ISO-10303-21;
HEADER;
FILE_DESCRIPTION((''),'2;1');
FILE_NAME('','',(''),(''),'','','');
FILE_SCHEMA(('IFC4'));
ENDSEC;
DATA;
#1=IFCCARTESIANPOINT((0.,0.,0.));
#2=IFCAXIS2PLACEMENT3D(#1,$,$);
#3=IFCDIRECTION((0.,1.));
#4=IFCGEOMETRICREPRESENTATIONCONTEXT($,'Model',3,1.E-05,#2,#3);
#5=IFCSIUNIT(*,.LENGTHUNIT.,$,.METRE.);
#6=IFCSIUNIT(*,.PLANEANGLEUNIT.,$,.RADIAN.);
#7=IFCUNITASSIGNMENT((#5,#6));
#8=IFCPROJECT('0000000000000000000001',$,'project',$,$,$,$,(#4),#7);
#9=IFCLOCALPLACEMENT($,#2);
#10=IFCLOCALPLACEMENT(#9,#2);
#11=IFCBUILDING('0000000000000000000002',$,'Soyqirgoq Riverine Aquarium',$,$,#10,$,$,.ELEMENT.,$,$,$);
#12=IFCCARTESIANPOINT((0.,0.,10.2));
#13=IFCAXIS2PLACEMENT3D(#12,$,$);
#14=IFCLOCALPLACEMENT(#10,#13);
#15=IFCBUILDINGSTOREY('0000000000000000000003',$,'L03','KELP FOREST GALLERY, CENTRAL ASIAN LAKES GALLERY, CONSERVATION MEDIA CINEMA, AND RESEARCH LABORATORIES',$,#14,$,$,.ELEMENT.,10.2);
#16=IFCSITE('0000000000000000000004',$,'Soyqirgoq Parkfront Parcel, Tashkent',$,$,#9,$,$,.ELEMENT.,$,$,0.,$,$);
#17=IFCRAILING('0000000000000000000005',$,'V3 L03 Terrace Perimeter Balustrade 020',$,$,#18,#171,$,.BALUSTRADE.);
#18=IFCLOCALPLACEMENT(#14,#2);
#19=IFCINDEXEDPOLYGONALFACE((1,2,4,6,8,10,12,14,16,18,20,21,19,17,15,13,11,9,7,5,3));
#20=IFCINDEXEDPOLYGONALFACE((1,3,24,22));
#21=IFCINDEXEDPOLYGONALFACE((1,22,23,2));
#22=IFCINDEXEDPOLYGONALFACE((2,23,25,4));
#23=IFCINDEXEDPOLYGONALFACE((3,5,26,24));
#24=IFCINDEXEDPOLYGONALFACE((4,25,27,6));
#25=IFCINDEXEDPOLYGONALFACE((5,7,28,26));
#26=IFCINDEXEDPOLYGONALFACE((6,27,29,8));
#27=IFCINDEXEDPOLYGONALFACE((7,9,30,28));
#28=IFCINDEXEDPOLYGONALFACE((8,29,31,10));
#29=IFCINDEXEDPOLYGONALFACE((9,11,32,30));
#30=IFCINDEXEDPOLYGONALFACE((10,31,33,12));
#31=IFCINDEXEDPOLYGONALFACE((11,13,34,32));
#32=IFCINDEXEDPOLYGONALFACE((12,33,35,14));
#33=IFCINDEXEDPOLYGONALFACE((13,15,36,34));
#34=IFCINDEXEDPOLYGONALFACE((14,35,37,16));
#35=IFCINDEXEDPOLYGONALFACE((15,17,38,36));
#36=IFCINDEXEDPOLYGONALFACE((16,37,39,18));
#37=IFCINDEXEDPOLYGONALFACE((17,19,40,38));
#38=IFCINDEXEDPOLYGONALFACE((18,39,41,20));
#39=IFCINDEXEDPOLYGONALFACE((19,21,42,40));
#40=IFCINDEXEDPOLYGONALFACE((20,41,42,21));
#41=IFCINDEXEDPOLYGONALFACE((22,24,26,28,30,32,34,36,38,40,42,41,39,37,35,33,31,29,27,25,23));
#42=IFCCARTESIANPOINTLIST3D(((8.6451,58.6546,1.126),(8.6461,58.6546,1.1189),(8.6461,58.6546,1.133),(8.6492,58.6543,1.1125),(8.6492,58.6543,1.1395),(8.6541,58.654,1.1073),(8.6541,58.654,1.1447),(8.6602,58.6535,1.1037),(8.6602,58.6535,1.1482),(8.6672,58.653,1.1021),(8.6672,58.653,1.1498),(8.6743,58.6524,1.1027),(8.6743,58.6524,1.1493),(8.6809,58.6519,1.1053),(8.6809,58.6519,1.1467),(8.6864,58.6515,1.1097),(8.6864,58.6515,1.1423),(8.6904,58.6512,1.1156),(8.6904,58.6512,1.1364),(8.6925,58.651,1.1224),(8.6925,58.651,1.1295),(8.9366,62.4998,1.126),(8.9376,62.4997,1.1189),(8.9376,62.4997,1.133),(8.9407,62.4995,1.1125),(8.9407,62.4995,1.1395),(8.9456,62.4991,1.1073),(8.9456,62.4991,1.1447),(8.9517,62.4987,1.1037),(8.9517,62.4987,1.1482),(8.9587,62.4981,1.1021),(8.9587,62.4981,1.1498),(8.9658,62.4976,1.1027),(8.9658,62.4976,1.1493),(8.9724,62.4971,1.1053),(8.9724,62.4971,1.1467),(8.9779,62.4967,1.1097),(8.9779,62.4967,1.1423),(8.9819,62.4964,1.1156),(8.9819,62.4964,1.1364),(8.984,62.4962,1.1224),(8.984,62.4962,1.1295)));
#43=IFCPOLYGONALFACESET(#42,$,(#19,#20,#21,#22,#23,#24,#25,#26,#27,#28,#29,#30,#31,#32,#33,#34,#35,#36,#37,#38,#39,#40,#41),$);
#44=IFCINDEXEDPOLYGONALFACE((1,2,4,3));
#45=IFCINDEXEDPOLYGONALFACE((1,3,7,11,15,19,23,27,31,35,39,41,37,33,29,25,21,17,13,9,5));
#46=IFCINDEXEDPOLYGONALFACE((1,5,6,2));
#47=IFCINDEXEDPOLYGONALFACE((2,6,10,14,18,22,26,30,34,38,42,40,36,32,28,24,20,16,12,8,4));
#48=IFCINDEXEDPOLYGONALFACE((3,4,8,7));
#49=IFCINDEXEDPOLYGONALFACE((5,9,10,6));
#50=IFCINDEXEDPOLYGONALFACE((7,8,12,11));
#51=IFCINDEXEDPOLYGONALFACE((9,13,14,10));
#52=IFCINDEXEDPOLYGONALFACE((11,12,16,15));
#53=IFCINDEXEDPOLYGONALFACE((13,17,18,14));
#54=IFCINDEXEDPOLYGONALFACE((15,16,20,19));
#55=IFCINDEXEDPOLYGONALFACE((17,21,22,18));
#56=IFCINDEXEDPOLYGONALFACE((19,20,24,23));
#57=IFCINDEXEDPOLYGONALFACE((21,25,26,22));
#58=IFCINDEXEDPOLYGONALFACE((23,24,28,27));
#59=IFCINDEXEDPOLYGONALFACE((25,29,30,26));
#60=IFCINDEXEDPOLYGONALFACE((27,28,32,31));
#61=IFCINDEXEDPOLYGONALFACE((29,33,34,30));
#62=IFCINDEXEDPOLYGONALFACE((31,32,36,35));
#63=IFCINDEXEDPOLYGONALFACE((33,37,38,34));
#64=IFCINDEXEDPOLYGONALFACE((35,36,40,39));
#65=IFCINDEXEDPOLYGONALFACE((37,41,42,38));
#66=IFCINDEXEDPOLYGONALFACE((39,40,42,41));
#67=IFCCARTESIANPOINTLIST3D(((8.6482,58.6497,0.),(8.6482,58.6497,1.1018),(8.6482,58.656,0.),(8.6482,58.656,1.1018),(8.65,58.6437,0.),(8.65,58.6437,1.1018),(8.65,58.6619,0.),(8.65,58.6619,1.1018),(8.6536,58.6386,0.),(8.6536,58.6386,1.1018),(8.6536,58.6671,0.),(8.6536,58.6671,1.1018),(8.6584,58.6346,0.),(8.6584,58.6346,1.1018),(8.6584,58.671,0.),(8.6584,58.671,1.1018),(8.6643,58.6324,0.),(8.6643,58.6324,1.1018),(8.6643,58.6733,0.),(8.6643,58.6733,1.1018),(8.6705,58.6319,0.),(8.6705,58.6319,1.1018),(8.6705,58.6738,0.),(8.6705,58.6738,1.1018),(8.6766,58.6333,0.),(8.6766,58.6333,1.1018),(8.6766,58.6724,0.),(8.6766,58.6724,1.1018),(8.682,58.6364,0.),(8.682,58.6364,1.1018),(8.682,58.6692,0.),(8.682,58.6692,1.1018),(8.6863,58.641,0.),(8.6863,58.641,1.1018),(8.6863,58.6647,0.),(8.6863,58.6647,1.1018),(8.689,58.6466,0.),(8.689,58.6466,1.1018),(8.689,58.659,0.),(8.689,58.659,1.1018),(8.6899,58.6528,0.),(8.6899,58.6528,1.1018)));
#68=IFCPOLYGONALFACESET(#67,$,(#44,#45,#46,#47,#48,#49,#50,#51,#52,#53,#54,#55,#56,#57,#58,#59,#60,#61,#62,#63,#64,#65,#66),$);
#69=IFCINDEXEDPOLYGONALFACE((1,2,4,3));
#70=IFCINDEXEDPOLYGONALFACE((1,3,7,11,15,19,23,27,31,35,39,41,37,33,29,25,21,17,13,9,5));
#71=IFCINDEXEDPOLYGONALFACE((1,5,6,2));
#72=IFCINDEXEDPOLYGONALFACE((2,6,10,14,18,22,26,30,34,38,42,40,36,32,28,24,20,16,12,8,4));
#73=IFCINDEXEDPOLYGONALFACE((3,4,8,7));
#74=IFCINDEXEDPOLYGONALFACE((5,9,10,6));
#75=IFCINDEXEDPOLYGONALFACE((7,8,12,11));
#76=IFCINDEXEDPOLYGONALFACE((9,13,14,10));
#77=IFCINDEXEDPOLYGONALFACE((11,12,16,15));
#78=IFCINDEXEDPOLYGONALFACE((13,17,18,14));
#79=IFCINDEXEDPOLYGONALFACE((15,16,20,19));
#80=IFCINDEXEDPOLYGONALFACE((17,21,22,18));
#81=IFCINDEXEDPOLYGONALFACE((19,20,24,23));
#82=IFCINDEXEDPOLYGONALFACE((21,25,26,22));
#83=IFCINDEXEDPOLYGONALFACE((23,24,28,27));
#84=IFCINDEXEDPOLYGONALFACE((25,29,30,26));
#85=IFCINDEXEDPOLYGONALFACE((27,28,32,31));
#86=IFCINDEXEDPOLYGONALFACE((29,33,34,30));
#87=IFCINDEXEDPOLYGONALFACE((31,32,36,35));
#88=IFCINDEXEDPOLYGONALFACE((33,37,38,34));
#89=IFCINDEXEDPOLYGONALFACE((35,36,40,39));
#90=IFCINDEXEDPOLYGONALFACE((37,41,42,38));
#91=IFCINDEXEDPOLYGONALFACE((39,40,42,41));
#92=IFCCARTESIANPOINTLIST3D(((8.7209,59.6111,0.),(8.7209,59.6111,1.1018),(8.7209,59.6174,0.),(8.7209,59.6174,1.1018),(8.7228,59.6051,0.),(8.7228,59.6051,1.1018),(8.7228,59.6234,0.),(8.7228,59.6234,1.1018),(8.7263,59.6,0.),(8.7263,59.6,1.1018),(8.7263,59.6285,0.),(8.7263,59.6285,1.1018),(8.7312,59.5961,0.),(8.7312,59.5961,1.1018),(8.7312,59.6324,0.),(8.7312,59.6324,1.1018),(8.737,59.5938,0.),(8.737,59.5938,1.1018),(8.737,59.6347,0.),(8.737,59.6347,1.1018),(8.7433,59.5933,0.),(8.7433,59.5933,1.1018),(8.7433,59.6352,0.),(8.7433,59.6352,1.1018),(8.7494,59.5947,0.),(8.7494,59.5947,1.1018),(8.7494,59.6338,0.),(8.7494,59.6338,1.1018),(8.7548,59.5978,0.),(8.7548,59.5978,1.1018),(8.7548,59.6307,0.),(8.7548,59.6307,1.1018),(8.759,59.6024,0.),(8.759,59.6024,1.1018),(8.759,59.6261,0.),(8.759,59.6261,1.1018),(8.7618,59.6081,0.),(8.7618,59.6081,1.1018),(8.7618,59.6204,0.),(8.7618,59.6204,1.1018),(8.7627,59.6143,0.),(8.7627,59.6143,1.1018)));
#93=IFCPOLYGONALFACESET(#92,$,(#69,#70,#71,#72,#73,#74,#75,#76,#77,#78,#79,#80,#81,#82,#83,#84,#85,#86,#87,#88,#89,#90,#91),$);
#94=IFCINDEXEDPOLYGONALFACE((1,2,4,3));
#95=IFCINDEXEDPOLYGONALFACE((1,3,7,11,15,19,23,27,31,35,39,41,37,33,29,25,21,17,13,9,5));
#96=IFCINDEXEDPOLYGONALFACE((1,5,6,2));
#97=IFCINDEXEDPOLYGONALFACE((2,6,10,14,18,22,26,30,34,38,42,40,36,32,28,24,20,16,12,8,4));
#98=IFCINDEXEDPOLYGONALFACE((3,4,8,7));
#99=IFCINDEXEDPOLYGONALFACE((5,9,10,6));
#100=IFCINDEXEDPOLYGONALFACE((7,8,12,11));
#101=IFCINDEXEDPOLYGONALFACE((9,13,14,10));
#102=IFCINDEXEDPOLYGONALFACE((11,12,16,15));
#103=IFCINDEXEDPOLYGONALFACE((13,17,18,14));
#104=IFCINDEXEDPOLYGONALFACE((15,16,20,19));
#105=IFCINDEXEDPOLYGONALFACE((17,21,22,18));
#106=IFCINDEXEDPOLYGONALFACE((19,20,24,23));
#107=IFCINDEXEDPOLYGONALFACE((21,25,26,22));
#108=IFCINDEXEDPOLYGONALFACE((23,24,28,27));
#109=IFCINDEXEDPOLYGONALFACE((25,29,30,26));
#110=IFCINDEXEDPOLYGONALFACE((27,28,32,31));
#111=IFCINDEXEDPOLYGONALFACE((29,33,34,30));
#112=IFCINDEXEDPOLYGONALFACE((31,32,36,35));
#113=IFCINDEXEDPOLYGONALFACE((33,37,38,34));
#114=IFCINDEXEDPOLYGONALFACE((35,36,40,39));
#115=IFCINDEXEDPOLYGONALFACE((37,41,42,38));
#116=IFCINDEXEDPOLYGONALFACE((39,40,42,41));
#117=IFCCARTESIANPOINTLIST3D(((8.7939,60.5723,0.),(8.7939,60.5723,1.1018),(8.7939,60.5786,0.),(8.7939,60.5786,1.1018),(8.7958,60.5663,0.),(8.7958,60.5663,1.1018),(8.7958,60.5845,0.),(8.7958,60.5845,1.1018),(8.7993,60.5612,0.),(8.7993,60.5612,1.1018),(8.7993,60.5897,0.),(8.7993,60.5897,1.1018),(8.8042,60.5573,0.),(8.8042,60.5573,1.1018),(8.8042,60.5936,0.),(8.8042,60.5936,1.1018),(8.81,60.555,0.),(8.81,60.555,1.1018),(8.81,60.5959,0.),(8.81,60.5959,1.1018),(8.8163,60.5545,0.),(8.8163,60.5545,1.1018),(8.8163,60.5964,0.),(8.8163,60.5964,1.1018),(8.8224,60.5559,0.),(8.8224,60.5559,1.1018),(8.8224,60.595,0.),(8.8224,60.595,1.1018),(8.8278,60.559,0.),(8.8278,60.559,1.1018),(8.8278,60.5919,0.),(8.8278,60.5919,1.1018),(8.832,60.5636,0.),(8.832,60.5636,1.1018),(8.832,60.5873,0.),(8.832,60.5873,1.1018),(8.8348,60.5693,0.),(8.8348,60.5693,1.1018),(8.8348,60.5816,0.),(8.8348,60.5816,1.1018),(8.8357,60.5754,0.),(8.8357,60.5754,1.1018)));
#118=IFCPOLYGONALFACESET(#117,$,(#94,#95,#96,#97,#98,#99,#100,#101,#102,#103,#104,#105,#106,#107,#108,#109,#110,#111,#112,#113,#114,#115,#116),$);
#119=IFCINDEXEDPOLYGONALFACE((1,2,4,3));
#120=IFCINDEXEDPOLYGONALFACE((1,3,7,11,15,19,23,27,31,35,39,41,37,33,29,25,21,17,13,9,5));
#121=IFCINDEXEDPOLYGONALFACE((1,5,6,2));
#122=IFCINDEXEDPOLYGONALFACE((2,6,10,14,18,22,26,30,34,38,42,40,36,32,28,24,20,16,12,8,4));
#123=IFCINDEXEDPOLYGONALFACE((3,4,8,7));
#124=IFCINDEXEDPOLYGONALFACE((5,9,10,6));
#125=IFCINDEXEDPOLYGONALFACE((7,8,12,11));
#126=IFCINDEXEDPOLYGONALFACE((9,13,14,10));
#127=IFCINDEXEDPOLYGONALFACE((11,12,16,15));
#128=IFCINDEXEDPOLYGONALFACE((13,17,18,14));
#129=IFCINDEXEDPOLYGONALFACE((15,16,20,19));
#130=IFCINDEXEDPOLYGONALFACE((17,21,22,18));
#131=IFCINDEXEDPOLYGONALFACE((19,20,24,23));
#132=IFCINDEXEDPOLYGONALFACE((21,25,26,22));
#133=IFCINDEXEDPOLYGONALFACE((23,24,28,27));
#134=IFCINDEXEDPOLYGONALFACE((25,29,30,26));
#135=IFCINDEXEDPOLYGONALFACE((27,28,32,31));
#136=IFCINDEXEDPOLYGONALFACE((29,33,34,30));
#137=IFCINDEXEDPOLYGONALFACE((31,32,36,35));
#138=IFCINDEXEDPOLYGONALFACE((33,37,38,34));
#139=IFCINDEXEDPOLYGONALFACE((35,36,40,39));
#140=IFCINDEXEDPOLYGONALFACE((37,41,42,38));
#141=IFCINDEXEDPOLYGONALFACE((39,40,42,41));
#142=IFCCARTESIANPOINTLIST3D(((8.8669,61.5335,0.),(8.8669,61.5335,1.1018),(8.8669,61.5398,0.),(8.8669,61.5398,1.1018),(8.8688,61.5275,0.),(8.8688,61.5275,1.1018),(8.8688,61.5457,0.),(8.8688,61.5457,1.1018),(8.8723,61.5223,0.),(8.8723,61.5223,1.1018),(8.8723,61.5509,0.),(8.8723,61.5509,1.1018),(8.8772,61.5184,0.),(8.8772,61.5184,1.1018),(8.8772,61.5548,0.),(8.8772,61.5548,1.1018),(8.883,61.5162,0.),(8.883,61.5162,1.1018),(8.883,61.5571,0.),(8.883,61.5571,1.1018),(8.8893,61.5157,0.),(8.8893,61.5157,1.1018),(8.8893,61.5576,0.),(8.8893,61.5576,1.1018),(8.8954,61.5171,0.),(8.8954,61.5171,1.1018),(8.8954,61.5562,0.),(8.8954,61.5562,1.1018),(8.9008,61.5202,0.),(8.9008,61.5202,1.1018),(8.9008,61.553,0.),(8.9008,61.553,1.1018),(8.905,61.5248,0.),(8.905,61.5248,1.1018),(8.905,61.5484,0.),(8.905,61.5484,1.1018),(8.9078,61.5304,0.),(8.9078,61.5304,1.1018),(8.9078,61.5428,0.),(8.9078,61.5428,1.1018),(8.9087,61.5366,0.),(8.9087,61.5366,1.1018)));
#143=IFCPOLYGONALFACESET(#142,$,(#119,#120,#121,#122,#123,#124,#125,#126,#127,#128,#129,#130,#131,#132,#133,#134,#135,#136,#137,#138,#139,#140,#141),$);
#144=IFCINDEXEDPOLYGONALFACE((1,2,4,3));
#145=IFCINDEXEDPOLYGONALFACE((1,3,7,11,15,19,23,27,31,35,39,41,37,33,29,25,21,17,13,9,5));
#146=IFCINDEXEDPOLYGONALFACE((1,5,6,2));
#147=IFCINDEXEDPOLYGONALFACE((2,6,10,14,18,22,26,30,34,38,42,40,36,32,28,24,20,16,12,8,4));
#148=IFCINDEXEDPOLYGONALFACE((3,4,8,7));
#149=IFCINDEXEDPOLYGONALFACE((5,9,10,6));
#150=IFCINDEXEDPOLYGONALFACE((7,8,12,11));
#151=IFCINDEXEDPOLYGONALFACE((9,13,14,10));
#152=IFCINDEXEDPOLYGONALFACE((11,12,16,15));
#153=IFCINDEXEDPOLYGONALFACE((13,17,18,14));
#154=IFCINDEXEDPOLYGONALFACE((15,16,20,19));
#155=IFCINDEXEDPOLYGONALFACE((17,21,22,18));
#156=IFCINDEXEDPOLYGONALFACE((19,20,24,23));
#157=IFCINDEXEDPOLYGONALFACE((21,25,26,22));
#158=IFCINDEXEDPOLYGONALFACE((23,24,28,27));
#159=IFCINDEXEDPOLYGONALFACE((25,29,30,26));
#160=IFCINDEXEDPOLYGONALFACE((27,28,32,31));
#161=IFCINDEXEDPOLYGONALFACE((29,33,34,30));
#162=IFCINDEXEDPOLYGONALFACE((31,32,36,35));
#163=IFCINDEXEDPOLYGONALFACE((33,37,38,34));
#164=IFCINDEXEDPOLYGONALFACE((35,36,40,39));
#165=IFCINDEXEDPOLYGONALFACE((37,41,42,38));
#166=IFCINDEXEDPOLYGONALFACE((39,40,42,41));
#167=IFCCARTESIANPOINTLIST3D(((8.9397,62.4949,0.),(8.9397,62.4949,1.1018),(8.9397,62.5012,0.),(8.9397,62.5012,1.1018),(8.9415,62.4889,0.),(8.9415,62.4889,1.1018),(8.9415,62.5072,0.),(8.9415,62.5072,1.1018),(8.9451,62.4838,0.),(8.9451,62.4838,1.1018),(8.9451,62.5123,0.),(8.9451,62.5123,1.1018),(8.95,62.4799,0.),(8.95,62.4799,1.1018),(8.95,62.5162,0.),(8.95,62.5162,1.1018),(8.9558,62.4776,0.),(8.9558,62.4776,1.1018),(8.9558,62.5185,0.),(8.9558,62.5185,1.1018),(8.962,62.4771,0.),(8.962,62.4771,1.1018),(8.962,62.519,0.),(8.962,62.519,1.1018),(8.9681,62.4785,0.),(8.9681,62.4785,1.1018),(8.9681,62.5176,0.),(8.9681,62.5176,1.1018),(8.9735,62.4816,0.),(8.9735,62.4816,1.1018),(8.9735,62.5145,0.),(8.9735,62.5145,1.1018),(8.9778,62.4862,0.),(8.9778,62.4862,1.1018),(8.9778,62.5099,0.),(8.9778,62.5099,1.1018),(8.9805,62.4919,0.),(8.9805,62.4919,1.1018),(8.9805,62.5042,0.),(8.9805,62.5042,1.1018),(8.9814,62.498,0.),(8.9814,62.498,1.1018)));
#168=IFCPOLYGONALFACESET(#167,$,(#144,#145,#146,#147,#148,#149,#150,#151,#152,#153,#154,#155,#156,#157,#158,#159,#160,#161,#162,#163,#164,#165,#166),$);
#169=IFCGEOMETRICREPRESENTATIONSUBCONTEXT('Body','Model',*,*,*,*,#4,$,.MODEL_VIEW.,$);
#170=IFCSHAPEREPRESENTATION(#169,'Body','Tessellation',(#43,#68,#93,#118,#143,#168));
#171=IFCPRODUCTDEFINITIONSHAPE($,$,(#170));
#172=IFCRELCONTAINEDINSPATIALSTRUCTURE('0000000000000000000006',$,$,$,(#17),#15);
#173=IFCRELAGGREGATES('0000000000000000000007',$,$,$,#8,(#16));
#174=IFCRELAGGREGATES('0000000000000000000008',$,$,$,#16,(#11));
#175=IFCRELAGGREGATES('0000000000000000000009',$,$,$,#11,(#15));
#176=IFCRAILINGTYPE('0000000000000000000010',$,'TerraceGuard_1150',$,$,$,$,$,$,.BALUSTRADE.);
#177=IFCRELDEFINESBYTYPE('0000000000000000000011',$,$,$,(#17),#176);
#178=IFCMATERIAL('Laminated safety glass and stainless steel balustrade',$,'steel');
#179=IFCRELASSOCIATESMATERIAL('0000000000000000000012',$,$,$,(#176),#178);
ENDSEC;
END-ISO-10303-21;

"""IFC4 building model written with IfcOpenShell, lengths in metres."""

from ifc_helpers import new_model, si_unit, direction, frame, origin, origin_2d, place, context, subcontext, project, spatial, circle, extrude, material, type_object, element, save


model = new_model("IFC4")

# Units and contexts
model_context = context("Model", 3, precision=1e-05, world=origin(), true_north=direction((0.0, 1.0)))
body_context = subcontext(model_context, "Body", "Model", "MODEL_VIEW")
ifc_project = project(units=[si_unit("LENGTHUNIT", "METRE"), si_unit("PLANEANGLEUNIT", "RADIAN")], contexts=[model_context])

# Site, building, storey
site_placement = place(None, origin())
site = spatial("IfcSite", under=ifc_project, at=site_placement, Name="Soyqirgoq Parkfront Parcel, Tashkent", CompositionType="ELEMENT", RefElevation=0.0)
building_placement = place(site_placement, origin())
building = spatial("IfcBuilding", under=site, at=building_placement, Name="Soyqirgoq Riverine Aquarium", CompositionType="ELEMENT")
storey_placement = place(building_placement, frame((0.0, 0.0, 10.2)))
storey = spatial("IfcBuildingStorey", under=building, at=storey_placement, Name="L03", Description="KELP FOREST GALLERY, CENTRAL ASIAN LAKES GALLERY, CONSERVATION MEDIA CINEMA, AND RESEARCH LABORATORIES", CompositionType="ELEMENT", Elevation=10.2)

# Railing
ifc_material_1 = material(Name="Laminated safety glass and stainless steel balustrade", Category="steel")
railing_type = type_object("IfcRailingType", Name="TerraceGuard_1150", PredefinedType="BALUSTRADE", material=ifc_material_1)
railing_1_placement = place(storey_placement, frame((8.6689, 58.6528, 0.0)))
element("IfcRailing", 1, at=railing_1_placement, inside=storey, type_object=railing_type, Name="V3 L03 Terrace Perimeter Balustrade 020", PredefinedType="BALUSTRADE", context=body_context, shape_type="SweptSolid", body=[
    extrude(circle(Radius=0.0239, at=origin_2d()), frame((0.0, 0.0, 1.126), z_axis=(0.075593, 0.997139, 0.0), x_axis=(-0.997139, 0.075593, 0.0)), (0.0, 0.0, 1.0), 3.8562),
    extrude(circle(Radius=0.021, at=origin_2d()), origin(), (0.0, 0.0, 1.0), 1.1018),
    extrude(circle(Radius=0.021, at=origin_2d()), frame((0.0728, 0.9614, 0.0)), (0.0, 0.0, 1.0), 1.1018),
    extrude(circle(Radius=0.021, at=origin_2d()), frame((0.1458, 1.9226, 0.0)), (0.0, 0.0, 1.0), 1.1018),
    extrude(circle(Radius=0.021, at=origin_2d()), frame((0.2188, 2.8838, 0.0)), (0.0, 0.0, 1.0), 1.1018),
    extrude(circle(Radius=0.021, at=origin_2d()), frame((0.2915, 3.8452, 0.0)), (0.0, 0.0, 1.0), 1.1018),
])

save(model, "model.ifc")
